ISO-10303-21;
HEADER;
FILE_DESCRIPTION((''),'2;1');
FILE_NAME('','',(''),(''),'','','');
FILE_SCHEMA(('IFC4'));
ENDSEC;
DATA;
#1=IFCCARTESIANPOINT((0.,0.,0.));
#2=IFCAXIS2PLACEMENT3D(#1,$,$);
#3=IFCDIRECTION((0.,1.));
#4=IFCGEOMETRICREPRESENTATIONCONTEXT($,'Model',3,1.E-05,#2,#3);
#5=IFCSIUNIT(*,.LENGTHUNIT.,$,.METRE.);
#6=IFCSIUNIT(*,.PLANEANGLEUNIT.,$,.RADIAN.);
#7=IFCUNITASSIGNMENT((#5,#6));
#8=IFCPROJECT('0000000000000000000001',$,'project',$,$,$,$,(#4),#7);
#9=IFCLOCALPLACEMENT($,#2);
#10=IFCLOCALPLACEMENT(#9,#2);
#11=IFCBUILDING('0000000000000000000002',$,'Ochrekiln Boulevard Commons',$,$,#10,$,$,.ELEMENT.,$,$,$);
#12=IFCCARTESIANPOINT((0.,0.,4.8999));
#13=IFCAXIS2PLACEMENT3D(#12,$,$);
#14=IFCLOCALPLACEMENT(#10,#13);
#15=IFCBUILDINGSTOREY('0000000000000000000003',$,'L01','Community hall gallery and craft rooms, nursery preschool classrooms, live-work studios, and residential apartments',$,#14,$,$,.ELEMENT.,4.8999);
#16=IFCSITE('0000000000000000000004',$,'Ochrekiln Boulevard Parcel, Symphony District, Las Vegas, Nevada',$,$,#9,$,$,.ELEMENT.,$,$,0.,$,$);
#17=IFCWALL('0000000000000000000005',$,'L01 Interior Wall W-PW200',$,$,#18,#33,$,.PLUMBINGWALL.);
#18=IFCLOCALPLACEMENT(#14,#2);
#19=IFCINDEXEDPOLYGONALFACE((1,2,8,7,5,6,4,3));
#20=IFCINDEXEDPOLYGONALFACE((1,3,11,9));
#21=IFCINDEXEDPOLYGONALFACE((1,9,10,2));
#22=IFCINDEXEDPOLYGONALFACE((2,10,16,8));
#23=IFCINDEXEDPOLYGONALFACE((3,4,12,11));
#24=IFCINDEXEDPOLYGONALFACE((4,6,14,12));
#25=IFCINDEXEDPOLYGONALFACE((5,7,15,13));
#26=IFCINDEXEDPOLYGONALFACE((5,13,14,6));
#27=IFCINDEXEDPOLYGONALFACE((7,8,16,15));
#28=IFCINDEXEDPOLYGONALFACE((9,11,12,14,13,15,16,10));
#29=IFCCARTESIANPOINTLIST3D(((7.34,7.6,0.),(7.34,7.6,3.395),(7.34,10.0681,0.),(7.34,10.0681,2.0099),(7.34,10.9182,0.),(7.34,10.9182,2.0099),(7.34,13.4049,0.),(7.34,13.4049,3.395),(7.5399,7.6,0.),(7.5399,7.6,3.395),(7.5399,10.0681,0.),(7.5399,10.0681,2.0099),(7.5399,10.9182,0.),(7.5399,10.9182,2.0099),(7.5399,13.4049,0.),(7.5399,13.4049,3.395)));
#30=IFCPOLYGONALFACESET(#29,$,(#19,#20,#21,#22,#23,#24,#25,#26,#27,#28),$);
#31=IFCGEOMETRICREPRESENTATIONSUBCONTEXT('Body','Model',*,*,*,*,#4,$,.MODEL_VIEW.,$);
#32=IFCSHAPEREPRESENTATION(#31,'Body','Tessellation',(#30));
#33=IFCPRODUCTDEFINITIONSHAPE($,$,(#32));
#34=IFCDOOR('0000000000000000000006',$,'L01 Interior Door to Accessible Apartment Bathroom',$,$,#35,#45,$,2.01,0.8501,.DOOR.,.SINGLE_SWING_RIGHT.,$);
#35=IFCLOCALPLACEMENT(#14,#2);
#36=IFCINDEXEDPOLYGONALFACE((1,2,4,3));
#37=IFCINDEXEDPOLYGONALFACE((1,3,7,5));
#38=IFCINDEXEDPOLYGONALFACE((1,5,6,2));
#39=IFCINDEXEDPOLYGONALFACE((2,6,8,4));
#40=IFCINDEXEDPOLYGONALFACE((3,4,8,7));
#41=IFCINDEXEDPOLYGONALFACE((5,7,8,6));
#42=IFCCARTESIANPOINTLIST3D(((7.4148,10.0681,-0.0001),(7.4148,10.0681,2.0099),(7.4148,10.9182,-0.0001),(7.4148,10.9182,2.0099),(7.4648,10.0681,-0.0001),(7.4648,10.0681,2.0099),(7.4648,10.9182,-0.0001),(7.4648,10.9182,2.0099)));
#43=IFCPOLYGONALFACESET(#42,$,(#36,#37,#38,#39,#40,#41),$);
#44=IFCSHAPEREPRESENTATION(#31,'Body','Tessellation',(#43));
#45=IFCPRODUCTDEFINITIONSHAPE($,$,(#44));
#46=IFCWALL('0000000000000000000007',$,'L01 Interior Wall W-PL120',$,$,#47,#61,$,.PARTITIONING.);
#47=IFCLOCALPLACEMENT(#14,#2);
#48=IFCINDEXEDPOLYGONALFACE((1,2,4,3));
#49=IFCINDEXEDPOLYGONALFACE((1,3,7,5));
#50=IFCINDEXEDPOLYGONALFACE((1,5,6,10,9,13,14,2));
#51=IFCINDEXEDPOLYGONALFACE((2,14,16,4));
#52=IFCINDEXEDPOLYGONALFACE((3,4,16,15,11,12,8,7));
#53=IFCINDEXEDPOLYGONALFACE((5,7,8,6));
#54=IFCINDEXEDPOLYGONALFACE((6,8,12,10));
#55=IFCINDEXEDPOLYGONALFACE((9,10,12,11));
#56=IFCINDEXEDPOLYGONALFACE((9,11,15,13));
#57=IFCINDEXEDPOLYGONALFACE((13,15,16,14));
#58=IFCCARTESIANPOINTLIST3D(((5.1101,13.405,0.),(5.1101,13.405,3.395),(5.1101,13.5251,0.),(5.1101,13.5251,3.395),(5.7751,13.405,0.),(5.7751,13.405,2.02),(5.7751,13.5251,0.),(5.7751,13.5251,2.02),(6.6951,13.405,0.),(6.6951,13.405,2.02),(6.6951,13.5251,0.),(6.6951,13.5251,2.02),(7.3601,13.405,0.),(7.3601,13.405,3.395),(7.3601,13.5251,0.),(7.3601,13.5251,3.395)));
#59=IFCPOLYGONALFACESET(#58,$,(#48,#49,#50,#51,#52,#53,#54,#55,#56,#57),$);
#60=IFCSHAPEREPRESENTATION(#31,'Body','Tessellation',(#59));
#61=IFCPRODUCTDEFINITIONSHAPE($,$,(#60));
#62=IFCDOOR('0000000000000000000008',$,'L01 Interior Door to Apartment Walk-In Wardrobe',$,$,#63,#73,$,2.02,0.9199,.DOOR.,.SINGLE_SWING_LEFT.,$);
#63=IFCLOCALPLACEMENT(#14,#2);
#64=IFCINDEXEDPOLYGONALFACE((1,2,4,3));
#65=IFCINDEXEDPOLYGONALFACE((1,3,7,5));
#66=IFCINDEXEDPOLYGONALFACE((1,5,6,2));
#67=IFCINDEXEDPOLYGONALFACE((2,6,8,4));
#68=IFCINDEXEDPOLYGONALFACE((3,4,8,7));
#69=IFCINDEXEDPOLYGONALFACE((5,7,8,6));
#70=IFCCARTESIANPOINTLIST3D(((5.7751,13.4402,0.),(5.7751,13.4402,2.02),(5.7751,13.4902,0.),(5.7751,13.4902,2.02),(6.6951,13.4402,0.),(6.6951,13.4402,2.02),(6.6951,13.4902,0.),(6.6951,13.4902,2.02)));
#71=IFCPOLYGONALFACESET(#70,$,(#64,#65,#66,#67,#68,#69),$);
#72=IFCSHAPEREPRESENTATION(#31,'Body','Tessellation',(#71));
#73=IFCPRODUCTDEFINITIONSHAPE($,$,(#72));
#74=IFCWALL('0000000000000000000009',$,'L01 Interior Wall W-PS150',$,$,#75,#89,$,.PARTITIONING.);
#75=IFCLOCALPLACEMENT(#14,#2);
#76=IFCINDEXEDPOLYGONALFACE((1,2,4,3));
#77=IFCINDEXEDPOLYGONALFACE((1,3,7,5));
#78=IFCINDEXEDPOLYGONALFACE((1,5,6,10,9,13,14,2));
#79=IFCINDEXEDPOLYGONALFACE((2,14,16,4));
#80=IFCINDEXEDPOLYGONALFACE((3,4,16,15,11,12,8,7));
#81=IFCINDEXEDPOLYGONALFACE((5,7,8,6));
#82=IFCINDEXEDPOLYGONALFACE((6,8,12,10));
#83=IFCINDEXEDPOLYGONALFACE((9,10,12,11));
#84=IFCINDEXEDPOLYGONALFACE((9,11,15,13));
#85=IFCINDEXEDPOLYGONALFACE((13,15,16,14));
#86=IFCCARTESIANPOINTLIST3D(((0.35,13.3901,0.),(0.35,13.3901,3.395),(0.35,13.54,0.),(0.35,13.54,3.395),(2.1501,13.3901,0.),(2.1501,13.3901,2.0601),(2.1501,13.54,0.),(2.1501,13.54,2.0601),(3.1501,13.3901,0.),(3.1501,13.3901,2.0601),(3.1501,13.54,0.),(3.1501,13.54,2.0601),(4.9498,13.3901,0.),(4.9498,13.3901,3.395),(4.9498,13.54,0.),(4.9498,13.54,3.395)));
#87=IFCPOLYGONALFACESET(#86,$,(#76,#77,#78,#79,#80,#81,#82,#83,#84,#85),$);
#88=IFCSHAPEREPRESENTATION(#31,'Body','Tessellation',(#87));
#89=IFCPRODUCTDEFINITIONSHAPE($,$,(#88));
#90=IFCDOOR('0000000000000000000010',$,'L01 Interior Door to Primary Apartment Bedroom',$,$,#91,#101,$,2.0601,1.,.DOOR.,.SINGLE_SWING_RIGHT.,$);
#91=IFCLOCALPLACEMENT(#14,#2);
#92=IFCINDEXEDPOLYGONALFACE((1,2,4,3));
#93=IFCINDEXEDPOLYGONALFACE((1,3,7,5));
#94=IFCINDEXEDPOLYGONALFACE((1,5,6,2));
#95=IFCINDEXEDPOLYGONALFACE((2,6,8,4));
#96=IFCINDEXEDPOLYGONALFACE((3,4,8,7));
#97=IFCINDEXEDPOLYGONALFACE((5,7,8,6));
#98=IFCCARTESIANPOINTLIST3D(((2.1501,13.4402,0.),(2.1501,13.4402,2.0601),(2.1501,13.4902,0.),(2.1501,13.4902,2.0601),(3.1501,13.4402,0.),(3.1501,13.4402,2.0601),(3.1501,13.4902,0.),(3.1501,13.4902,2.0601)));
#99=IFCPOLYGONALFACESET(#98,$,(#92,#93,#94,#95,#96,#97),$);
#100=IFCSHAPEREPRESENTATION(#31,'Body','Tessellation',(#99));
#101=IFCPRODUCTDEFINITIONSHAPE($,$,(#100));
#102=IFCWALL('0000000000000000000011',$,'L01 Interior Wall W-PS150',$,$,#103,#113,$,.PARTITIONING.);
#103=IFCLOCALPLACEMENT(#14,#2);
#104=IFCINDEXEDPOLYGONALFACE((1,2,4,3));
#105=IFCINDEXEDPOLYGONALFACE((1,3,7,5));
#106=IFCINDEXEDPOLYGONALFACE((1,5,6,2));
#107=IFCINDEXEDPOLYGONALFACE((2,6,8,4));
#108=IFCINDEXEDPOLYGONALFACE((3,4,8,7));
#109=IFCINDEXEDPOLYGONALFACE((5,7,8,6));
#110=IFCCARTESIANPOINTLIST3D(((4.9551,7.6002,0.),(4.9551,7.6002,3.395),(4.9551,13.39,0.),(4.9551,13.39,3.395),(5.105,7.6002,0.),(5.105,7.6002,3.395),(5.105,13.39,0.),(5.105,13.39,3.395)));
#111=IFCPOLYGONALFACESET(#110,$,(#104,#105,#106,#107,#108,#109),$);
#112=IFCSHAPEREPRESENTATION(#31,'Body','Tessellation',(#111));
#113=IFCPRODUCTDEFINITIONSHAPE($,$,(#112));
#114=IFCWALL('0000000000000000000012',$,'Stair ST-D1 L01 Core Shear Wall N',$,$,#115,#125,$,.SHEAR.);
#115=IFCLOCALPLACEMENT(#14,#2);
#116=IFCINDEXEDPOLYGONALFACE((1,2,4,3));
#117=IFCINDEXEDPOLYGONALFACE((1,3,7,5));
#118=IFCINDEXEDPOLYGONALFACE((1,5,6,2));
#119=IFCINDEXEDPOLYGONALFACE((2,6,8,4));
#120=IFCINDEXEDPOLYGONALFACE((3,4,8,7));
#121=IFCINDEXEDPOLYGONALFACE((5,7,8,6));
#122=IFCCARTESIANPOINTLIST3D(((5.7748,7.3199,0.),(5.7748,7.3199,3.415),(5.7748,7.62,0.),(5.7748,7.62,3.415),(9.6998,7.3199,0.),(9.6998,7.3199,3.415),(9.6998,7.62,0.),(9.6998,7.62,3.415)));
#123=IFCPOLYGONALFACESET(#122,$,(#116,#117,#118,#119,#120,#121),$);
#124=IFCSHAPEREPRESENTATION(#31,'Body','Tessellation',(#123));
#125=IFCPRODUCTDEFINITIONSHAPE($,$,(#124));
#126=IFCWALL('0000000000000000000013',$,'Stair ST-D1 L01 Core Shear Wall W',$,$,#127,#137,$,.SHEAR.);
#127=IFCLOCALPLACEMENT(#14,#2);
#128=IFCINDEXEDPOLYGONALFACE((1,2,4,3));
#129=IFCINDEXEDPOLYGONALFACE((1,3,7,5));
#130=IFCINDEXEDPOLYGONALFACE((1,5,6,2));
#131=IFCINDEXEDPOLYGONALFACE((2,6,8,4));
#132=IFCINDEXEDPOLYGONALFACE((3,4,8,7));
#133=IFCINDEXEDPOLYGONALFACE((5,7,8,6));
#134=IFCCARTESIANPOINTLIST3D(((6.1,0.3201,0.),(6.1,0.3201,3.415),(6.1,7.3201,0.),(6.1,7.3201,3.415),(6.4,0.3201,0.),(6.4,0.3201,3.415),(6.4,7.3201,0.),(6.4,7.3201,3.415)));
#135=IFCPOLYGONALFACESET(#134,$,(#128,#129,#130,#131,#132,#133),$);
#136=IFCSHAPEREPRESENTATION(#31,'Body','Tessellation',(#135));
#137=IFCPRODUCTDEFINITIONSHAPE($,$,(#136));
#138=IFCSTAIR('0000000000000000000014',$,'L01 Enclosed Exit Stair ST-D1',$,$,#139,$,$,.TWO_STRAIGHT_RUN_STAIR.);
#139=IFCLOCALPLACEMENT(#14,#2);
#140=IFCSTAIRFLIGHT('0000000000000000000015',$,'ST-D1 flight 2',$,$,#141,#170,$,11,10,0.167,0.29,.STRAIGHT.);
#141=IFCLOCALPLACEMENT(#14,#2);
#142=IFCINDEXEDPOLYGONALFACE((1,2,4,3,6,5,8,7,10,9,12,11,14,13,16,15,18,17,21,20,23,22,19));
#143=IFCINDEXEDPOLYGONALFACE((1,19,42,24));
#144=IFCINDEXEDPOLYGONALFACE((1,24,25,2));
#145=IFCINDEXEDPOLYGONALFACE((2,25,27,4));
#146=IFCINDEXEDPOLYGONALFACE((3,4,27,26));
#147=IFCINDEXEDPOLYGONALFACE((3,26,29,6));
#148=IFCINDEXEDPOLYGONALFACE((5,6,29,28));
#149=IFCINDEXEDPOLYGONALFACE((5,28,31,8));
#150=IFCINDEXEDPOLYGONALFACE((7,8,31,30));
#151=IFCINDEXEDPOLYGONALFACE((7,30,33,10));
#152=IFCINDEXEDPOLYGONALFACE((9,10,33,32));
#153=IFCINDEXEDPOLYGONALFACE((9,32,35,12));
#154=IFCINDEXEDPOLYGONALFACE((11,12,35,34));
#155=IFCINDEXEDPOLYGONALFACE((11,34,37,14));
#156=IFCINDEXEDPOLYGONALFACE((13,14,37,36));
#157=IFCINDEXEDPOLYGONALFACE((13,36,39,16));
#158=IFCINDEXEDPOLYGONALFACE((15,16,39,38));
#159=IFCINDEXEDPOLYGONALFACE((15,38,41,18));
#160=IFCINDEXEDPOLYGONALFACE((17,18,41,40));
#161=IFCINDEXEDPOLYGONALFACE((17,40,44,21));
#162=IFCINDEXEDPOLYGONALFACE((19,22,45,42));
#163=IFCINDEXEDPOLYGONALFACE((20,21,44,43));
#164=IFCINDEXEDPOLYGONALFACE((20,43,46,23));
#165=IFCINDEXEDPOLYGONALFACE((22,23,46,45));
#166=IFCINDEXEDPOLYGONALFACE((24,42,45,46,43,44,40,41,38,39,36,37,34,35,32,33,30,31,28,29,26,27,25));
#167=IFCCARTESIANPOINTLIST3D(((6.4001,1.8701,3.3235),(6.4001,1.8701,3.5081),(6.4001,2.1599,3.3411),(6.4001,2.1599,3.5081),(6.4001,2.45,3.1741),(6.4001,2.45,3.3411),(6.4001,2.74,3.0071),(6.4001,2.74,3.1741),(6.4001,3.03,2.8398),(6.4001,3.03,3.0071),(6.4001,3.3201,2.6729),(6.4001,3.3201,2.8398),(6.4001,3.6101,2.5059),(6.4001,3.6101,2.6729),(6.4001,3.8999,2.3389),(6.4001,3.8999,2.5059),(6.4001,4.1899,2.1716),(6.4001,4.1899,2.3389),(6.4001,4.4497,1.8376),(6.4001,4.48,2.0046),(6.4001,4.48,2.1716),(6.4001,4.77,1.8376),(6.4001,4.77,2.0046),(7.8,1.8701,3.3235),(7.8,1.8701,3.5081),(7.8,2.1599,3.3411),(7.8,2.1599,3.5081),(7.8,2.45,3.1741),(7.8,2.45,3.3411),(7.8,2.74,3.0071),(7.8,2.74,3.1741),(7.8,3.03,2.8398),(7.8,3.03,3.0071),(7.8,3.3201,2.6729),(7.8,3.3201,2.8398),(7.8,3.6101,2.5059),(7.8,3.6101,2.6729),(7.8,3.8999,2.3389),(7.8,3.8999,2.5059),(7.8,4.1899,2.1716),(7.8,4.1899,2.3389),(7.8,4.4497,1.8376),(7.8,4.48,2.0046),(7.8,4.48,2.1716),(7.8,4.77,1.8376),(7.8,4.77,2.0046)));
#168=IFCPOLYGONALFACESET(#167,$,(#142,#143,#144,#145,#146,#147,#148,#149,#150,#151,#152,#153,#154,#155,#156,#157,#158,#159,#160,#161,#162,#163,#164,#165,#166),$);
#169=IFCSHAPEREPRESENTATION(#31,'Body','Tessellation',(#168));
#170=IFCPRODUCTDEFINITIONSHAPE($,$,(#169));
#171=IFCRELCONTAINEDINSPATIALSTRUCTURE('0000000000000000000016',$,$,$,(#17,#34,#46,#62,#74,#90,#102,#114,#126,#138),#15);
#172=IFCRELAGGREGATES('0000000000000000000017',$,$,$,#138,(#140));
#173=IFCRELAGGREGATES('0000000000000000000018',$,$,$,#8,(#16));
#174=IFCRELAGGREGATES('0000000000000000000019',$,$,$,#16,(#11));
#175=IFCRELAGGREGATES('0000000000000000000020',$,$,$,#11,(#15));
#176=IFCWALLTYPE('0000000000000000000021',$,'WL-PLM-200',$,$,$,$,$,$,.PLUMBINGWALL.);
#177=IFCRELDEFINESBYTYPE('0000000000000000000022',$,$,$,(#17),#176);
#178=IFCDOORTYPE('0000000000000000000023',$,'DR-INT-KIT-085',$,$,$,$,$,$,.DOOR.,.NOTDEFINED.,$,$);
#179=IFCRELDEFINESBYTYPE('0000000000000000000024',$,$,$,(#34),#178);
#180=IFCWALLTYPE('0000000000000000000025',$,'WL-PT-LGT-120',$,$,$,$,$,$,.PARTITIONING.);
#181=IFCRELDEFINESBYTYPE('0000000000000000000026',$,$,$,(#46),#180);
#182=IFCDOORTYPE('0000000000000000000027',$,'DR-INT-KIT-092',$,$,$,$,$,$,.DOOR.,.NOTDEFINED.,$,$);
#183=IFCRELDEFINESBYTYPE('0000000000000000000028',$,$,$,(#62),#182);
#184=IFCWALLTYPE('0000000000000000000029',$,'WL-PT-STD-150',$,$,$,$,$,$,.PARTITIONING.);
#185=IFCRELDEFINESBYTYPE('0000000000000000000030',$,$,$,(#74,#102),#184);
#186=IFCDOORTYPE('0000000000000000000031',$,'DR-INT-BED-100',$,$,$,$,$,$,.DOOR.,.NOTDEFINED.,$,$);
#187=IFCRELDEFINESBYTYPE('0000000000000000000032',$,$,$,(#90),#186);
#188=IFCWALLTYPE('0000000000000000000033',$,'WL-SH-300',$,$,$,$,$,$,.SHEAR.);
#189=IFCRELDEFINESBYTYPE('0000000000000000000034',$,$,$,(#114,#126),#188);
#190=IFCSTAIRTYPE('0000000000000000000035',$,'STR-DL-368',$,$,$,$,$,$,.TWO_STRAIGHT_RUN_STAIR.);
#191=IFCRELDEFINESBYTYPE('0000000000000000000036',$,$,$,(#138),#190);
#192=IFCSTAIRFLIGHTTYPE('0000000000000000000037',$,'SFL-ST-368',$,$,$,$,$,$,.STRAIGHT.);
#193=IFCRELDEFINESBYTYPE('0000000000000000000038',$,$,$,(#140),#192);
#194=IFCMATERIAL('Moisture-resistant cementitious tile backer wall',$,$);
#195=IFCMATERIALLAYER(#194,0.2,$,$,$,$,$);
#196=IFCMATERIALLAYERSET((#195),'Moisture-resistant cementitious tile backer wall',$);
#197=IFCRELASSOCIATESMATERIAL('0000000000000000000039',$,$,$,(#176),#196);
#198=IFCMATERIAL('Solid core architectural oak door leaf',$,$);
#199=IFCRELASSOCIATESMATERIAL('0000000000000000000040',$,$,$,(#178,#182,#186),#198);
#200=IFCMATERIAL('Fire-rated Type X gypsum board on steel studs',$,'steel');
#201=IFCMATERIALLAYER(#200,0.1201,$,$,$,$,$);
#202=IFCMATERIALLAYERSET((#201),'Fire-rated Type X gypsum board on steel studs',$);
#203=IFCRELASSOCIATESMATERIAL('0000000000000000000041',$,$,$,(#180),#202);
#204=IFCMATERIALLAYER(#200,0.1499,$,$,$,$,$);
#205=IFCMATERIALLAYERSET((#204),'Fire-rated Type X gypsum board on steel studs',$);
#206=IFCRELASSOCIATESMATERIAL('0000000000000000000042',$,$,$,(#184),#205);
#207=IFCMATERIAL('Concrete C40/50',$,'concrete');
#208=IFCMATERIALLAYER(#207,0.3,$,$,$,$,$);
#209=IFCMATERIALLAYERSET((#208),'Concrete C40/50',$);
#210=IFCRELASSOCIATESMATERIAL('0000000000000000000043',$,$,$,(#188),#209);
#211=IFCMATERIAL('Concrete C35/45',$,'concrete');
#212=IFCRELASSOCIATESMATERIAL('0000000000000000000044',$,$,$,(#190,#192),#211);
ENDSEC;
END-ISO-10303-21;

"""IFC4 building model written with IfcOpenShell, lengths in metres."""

from ifc_helpers import new_model, si_unit, direction, frame, frame_2d, origin, place, context, subcontext, project, spatial, polyline, rectangle, outline, extrude, material, layer, layer_set, type_object, element, fill, aggregate, save


model = new_model("IFC4")

# Units and contexts
model_context = context("Model", 3, precision=1e-05, world=origin(), true_north=direction((0.0, 1.0)))
body_context = subcontext(model_context, "Body", "Model", "MODEL_VIEW")
ifc_project = project(units=[si_unit("LENGTHUNIT", "METRE"), si_unit("PLANEANGLEUNIT", "RADIAN")], contexts=[model_context])

# Site, building, storey
site_placement = place(None, origin())
site = spatial("IfcSite", under=ifc_project, at=site_placement, Name="Ochrekiln Boulevard Parcel, Symphony District, Las Vegas, Nevada", CompositionType="ELEMENT", RefElevation=0.0)
building_placement = place(site_placement, origin())
building = spatial("IfcBuilding", under=site, at=building_placement, Name="Ochrekiln Boulevard Commons", CompositionType="ELEMENT")
storey_placement = place(building_placement, frame((0.0, 0.0, 4.8999)))
storey = spatial("IfcBuildingStorey", under=building, at=storey_placement, Name="L01", Description="Community hall gallery and craft rooms, nursery preschool classrooms, live-work studios, and residential apartments", CompositionType="ELEMENT", Elevation=4.8999)

# Shared definitions
ifc_material_1 = material(Name="Concrete C40/50", Category="concrete")

# Shared definitions
ifc_material_2 = material(Name="Concrete C35/45", Category="concrete")

# Walls, openings, doors
ifc_material_3 = material(Name="Moisture-resistant cementitious tile backer wall")
ifc_layer_1 = layer(ifc_material_3, 0.2)
ifc_layer_set_1 = layer_set([ifc_layer_1], Name="Moisture-resistant cementitious tile backer wall")
wall_type_1 = type_object("IfcWallType", Name="WL-PLM-200", PredefinedType="PLUMBINGWALL", material=ifc_layer_set_1)
ifc_material_4 = material(Name="Solid core architectural oak door leaf")
wall_1_placement = place(storey_placement, frame((7.4399, 7.6001, 0.0), z_axis=(0.0, 0.0, 1.0), x_axis=(0.0, 1.0, 0.0)))
wall_1 = element("IfcWall", 1, at=wall_1_placement, inside=storey, type_object=wall_type_1, Name="L01 Interior Wall W-PW200", PredefinedType="PLUMBINGWALL", context=body_context, shape_type="SweptSolid", body=[
    extrude(rectangle(XDim=5.8049, YDim=0.2, at=frame_2d((2.9023, 0.0))), origin(), (0.0, 0.0, 1.0), 3.395),
])
opening_1_placement = place(wall_1_placement, frame((2.468, 0.0, 0.0)))
opening_1 = element("IfcOpeningElement", 2, at=opening_1_placement, cuts=wall_1, PredefinedType="OPENING", context=body_context, shape_type="SweptSolid", body=[
    extrude(rectangle(XDim=0.8501, YDim=2.01, at=frame_2d((0.425, 1.0049))), frame((0.0, 0.1099, 0.0), z_axis=(0.0, -1.0, 0.0), x_axis=(1.0, 0.0, 0.0)), (0.0, 0.0, 1.0), 0.22),
])
door_type_1 = type_object("IfcDoorType", Name="DR-INT-KIT-085", OperationType="NOTDEFINED", PredefinedType="DOOR", material=ifc_material_4)
door_1_placement = place(opening_1_placement, frame((0.8501, 0.0, 0.0), z_axis=(0.0, 0.0, 1.0), x_axis=(-1.0, 0.0, 0.0)))
door_1 = element("IfcDoor", 3, at=door_1_placement, inside=storey, type_object=door_type_1, Name="L01 Interior Door to Accessible Apartment Bathroom", OperationType="SINGLE_SWING_RIGHT", OverallHeight=2.01, OverallWidth=0.8501, PredefinedType="DOOR", context=body_context, shape_type="SweptSolid", body=[
    extrude(rectangle(XDim=0.8501, YDim=2.01, at=frame_2d((0.425, 1.0049))), frame((0.0, 0.0249, 0.0), z_axis=(0.0, -1.0, 0.0), x_axis=(1.0, 0.0, 0.0)), (0.0, 0.0, 1.0), 0.05),
])
fill(opening_1, door_1)
ifc_material_5 = material(Name="Fire-rated Type X gypsum board on steel studs", Category="steel")
ifc_layer_2 = layer(ifc_material_5, 0.1201)
ifc_layer_set_2 = layer_set([ifc_layer_2], Name="Fire-rated Type X gypsum board on steel studs")
wall_type_2 = type_object("IfcWallType", Name="WL-PT-LGT-120", PredefinedType="PARTITIONING", material=ifc_layer_set_2)
wall_2_placement = place(storey_placement, frame((5.1101, 13.4651, 0.0), z_axis=(0.0, 0.0, 1.0), x_axis=(1.0, 0.0, 0.0)))
wall_2 = element("IfcWall", 4, at=wall_2_placement, inside=storey, type_object=wall_type_2, Name="L01 Interior Wall W-PL120", PredefinedType="PARTITIONING", context=body_context, shape_type="SweptSolid", body=[
    extrude(rectangle(XDim=2.25, YDim=0.1201, at=frame_2d((1.125, 0.0))), origin(), (0.0, 0.0, 1.0), 3.395),
])
opening_2_placement = place(wall_2_placement, frame((0.665, 0.0, 0.0)))
opening_2 = element("IfcOpeningElement", 5, at=opening_2_placement, cuts=wall_2, PredefinedType="OPENING", context=body_context, shape_type="SweptSolid", body=[
    extrude(rectangle(XDim=0.9199, YDim=2.02, at=frame_2d((0.46, 1.01))), frame((0.0, 0.0701, 0.0), z_axis=(0.0, -1.0, 0.0), x_axis=(1.0, 0.0, 0.0)), (0.0, 0.0, 1.0), 0.1401),
])
door_type_2 = type_object("IfcDoorType", Name="DR-INT-KIT-092", OperationType="NOTDEFINED", PredefinedType="DOOR", material=ifc_material_4)
door_2_placement = place(opening_2_placement, frame((0.9199, 0.0, 0.0), z_axis=(0.0, 0.0, 1.0), x_axis=(-1.0, 0.0, 0.0)))
door_2 = element("IfcDoor", 6, at=door_2_placement, inside=storey, type_object=door_type_2, Name="L01 Interior Door to Apartment Walk-In Wardrobe", OperationType="SINGLE_SWING_LEFT", OverallHeight=2.02, OverallWidth=0.9199, PredefinedType="DOOR", context=body_context, shape_type="SweptSolid", body=[
    extrude(rectangle(XDim=0.9199, YDim=2.02, at=frame_2d((0.46, 1.01))), frame((0.0, 0.0249, 0.0), z_axis=(0.0, -1.0, 0.0), x_axis=(1.0, 0.0, 0.0)), (0.0, 0.0, 1.0), 0.05),
])
fill(opening_2, door_2)
ifc_layer_3 = layer(ifc_material_5, 0.1499)
ifc_layer_set_3 = layer_set([ifc_layer_3], Name="Fire-rated Type X gypsum board on steel studs")
wall_type_3 = type_object("IfcWallType", Name="WL-PT-STD-150", PredefinedType="PARTITIONING", material=ifc_layer_set_3)
wall_3_placement = place(storey_placement, frame((0.3501, 13.4651, 0.0), z_axis=(0.0, 0.0, 1.0), x_axis=(1.0, 0.0, 0.0)))
wall_3 = element("IfcWall", 7, at=wall_3_placement, inside=storey, type_object=wall_type_3, Name="L01 Interior Wall W-PS150", PredefinedType="PARTITIONING", context=body_context, shape_type="SweptSolid", body=[
    extrude(rectangle(XDim=4.5999, YDim=0.1499, at=frame_2d((2.2998, 0.0))), origin(), (0.0, 0.0, 1.0), 3.395),
])
opening_3_placement = place(wall_3_placement, frame((1.8, 0.0, 0.0)))
opening_3 = element("IfcOpeningElement", 8, at=opening_3_placement, cuts=wall_3, PredefinedType="OPENING", context=body_context, shape_type="SweptSolid", body=[
    extrude(rectangle(XDim=1.0, YDim=2.0601, at=frame_2d((0.5, 1.03))), frame((0.0, 0.085, 0.0), z_axis=(0.0, -1.0, 0.0), x_axis=(1.0, 0.0, 0.0)), (0.0, 0.0, 1.0), 0.1699),
])
door_type_3 = type_object("IfcDoorType", Name="DR-INT-BED-100", OperationType="NOTDEFINED", PredefinedType="DOOR", material=ifc_material_4)
door_3_placement = place(opening_3_placement, frame((1.0, 0.0, 0.0), z_axis=(0.0, 0.0, 1.0), x_axis=(-1.0, 0.0, 0.0)))
door_3 = element("IfcDoor", 9, at=door_3_placement, inside=storey, type_object=door_type_3, Name="L01 Interior Door to Primary Apartment Bedroom", OperationType="SINGLE_SWING_RIGHT", OverallHeight=2.0601, OverallWidth=1.0, PredefinedType="DOOR", context=body_context, shape_type="SweptSolid", body=[
    extrude(rectangle(XDim=1.0, YDim=2.0601, at=frame_2d((0.5, 1.03))), frame((0.0, 0.0249, 0.0), z_axis=(0.0, -1.0, 0.0), x_axis=(1.0, 0.0, 0.0)), (0.0, 0.0, 1.0), 0.05),
])
fill(opening_3, door_3)

# Walls
wall_4_placement = place(storey_placement, frame((5.03, 7.6001, 0.0), z_axis=(0.0, 0.0, 1.0), x_axis=(0.0, 1.0, 0.0)))
element("IfcWall", 10, at=wall_4_placement, inside=storey, type_object=wall_type_3, Name="L01 Interior Wall W-PS150", PredefinedType="PARTITIONING", context=body_context, shape_type="SweptSolid", body=[
    extrude(rectangle(XDim=5.7898, YDim=0.1499, at=frame_2d((2.895, 0.0))), origin(), (0.0, 0.0, 1.0), 3.395),
])
ifc_layer_4 = layer(ifc_material_1, 0.3)
ifc_layer_set_4 = layer_set([ifc_layer_4], Name="Concrete C40/50")
wall_type_4 = type_object("IfcWallType", Name="WL-SH-300", PredefinedType="SHEAR", material=ifc_layer_set_4)
wall_5_placement = place(storey_placement, frame((5.7749, 7.47, 0.0), z_axis=(0.0, 0.0, 1.0), x_axis=(1.0, 0.0, 0.0)))
element("IfcWall", 11, at=wall_5_placement, inside=storey, type_object=wall_type_4, Name="Stair ST-D1 L01 Core Shear Wall N", PredefinedType="SHEAR", context=body_context, shape_type="SweptSolid", body=[
    extrude(rectangle(XDim=3.925, YDim=0.3, at=frame_2d((1.9624, 0.0))), origin(), (0.0, 0.0, 1.0), 3.415),
])
wall_6_placement = place(storey_placement, frame((6.25, 0.3201, 0.0), z_axis=(0.0, 0.0, 1.0), x_axis=(0.0, 1.0, 0.0)))
element("IfcWall", 12, at=wall_6_placement, inside=storey, type_object=wall_type_4, Name="Stair ST-D1 L01 Core Shear Wall W", PredefinedType="SHEAR", context=body_context, shape_type="SweptSolid", body=[
    extrude(rectangle(XDim=7.0, YDim=0.3, at=frame_2d((3.5, 0.0))), origin(), (0.0, 0.0, 1.0), 3.415),
])

# Stair, stair flight
stair_type = type_object("IfcStairType", Name="STR-DL-368", PredefinedType="TWO_STRAIGHT_RUN_STAIR", material=ifc_material_2)
stair_placement = place(storey_placement, origin())
stair = element("IfcStair", 13, at=stair_placement, inside=storey, type_object=stair_type, Name="L01 Enclosed Exit Stair ST-D1", PredefinedType="TWO_STRAIGHT_RUN_STAIR")
stair_flight_type = type_object("IfcStairFlightType", Name="SFL-ST-368", PredefinedType="STRAIGHT", material=ifc_material_2)
stair_flight_placement = place(storey_placement, frame((7.1001, 4.77, 1.8376), z_axis=(0.0, 0.0, 1.0), x_axis=(0.0, -1.0, 0.0)))
stair_flight = element("IfcStairFlight", 14, at=stair_flight_placement, type_object=stair_flight_type, Name="ST-D1 flight 2", NumberOfRisers=11, NumberOfTreads=10, PredefinedType="STRAIGHT", RiserHeight=0.167, TreadLength=0.29, context=body_context, shape_type="SweptSolid", body=[
    extrude(outline(polyline([(0.0, 0.0), (0.0, 0.167), (0.29, 0.167), (0.29, 0.334), (0.5801, 0.334), (0.5801, 0.5012), (0.8701, 0.5012), (0.8701, 0.6682), (1.1599, 0.6682), (1.1599, 0.8352), (1.45, 0.8352), (1.45, 1.0022), (1.74, 1.0022), (1.74, 1.1694), (2.03, 1.1694), (2.03, 1.3364), (2.3201, 1.3364), (2.3201, 1.5034), (2.6101, 1.5034), (2.6101, 1.6704), (2.8999, 1.6704), (2.8999, 1.8374), (2.8999, 1.4858), (0.3203, 0.0), (0.0, 0.0)])), frame((0.0, 0.7, 0.0), z_axis=(0.0, -1.0, 0.0), x_axis=(1.0, 0.0, 0.0)), (0.0, 0.0, 1.0), 1.3999),
])
aggregate(stair, [stair_flight])

save(model, "model.ifc")
